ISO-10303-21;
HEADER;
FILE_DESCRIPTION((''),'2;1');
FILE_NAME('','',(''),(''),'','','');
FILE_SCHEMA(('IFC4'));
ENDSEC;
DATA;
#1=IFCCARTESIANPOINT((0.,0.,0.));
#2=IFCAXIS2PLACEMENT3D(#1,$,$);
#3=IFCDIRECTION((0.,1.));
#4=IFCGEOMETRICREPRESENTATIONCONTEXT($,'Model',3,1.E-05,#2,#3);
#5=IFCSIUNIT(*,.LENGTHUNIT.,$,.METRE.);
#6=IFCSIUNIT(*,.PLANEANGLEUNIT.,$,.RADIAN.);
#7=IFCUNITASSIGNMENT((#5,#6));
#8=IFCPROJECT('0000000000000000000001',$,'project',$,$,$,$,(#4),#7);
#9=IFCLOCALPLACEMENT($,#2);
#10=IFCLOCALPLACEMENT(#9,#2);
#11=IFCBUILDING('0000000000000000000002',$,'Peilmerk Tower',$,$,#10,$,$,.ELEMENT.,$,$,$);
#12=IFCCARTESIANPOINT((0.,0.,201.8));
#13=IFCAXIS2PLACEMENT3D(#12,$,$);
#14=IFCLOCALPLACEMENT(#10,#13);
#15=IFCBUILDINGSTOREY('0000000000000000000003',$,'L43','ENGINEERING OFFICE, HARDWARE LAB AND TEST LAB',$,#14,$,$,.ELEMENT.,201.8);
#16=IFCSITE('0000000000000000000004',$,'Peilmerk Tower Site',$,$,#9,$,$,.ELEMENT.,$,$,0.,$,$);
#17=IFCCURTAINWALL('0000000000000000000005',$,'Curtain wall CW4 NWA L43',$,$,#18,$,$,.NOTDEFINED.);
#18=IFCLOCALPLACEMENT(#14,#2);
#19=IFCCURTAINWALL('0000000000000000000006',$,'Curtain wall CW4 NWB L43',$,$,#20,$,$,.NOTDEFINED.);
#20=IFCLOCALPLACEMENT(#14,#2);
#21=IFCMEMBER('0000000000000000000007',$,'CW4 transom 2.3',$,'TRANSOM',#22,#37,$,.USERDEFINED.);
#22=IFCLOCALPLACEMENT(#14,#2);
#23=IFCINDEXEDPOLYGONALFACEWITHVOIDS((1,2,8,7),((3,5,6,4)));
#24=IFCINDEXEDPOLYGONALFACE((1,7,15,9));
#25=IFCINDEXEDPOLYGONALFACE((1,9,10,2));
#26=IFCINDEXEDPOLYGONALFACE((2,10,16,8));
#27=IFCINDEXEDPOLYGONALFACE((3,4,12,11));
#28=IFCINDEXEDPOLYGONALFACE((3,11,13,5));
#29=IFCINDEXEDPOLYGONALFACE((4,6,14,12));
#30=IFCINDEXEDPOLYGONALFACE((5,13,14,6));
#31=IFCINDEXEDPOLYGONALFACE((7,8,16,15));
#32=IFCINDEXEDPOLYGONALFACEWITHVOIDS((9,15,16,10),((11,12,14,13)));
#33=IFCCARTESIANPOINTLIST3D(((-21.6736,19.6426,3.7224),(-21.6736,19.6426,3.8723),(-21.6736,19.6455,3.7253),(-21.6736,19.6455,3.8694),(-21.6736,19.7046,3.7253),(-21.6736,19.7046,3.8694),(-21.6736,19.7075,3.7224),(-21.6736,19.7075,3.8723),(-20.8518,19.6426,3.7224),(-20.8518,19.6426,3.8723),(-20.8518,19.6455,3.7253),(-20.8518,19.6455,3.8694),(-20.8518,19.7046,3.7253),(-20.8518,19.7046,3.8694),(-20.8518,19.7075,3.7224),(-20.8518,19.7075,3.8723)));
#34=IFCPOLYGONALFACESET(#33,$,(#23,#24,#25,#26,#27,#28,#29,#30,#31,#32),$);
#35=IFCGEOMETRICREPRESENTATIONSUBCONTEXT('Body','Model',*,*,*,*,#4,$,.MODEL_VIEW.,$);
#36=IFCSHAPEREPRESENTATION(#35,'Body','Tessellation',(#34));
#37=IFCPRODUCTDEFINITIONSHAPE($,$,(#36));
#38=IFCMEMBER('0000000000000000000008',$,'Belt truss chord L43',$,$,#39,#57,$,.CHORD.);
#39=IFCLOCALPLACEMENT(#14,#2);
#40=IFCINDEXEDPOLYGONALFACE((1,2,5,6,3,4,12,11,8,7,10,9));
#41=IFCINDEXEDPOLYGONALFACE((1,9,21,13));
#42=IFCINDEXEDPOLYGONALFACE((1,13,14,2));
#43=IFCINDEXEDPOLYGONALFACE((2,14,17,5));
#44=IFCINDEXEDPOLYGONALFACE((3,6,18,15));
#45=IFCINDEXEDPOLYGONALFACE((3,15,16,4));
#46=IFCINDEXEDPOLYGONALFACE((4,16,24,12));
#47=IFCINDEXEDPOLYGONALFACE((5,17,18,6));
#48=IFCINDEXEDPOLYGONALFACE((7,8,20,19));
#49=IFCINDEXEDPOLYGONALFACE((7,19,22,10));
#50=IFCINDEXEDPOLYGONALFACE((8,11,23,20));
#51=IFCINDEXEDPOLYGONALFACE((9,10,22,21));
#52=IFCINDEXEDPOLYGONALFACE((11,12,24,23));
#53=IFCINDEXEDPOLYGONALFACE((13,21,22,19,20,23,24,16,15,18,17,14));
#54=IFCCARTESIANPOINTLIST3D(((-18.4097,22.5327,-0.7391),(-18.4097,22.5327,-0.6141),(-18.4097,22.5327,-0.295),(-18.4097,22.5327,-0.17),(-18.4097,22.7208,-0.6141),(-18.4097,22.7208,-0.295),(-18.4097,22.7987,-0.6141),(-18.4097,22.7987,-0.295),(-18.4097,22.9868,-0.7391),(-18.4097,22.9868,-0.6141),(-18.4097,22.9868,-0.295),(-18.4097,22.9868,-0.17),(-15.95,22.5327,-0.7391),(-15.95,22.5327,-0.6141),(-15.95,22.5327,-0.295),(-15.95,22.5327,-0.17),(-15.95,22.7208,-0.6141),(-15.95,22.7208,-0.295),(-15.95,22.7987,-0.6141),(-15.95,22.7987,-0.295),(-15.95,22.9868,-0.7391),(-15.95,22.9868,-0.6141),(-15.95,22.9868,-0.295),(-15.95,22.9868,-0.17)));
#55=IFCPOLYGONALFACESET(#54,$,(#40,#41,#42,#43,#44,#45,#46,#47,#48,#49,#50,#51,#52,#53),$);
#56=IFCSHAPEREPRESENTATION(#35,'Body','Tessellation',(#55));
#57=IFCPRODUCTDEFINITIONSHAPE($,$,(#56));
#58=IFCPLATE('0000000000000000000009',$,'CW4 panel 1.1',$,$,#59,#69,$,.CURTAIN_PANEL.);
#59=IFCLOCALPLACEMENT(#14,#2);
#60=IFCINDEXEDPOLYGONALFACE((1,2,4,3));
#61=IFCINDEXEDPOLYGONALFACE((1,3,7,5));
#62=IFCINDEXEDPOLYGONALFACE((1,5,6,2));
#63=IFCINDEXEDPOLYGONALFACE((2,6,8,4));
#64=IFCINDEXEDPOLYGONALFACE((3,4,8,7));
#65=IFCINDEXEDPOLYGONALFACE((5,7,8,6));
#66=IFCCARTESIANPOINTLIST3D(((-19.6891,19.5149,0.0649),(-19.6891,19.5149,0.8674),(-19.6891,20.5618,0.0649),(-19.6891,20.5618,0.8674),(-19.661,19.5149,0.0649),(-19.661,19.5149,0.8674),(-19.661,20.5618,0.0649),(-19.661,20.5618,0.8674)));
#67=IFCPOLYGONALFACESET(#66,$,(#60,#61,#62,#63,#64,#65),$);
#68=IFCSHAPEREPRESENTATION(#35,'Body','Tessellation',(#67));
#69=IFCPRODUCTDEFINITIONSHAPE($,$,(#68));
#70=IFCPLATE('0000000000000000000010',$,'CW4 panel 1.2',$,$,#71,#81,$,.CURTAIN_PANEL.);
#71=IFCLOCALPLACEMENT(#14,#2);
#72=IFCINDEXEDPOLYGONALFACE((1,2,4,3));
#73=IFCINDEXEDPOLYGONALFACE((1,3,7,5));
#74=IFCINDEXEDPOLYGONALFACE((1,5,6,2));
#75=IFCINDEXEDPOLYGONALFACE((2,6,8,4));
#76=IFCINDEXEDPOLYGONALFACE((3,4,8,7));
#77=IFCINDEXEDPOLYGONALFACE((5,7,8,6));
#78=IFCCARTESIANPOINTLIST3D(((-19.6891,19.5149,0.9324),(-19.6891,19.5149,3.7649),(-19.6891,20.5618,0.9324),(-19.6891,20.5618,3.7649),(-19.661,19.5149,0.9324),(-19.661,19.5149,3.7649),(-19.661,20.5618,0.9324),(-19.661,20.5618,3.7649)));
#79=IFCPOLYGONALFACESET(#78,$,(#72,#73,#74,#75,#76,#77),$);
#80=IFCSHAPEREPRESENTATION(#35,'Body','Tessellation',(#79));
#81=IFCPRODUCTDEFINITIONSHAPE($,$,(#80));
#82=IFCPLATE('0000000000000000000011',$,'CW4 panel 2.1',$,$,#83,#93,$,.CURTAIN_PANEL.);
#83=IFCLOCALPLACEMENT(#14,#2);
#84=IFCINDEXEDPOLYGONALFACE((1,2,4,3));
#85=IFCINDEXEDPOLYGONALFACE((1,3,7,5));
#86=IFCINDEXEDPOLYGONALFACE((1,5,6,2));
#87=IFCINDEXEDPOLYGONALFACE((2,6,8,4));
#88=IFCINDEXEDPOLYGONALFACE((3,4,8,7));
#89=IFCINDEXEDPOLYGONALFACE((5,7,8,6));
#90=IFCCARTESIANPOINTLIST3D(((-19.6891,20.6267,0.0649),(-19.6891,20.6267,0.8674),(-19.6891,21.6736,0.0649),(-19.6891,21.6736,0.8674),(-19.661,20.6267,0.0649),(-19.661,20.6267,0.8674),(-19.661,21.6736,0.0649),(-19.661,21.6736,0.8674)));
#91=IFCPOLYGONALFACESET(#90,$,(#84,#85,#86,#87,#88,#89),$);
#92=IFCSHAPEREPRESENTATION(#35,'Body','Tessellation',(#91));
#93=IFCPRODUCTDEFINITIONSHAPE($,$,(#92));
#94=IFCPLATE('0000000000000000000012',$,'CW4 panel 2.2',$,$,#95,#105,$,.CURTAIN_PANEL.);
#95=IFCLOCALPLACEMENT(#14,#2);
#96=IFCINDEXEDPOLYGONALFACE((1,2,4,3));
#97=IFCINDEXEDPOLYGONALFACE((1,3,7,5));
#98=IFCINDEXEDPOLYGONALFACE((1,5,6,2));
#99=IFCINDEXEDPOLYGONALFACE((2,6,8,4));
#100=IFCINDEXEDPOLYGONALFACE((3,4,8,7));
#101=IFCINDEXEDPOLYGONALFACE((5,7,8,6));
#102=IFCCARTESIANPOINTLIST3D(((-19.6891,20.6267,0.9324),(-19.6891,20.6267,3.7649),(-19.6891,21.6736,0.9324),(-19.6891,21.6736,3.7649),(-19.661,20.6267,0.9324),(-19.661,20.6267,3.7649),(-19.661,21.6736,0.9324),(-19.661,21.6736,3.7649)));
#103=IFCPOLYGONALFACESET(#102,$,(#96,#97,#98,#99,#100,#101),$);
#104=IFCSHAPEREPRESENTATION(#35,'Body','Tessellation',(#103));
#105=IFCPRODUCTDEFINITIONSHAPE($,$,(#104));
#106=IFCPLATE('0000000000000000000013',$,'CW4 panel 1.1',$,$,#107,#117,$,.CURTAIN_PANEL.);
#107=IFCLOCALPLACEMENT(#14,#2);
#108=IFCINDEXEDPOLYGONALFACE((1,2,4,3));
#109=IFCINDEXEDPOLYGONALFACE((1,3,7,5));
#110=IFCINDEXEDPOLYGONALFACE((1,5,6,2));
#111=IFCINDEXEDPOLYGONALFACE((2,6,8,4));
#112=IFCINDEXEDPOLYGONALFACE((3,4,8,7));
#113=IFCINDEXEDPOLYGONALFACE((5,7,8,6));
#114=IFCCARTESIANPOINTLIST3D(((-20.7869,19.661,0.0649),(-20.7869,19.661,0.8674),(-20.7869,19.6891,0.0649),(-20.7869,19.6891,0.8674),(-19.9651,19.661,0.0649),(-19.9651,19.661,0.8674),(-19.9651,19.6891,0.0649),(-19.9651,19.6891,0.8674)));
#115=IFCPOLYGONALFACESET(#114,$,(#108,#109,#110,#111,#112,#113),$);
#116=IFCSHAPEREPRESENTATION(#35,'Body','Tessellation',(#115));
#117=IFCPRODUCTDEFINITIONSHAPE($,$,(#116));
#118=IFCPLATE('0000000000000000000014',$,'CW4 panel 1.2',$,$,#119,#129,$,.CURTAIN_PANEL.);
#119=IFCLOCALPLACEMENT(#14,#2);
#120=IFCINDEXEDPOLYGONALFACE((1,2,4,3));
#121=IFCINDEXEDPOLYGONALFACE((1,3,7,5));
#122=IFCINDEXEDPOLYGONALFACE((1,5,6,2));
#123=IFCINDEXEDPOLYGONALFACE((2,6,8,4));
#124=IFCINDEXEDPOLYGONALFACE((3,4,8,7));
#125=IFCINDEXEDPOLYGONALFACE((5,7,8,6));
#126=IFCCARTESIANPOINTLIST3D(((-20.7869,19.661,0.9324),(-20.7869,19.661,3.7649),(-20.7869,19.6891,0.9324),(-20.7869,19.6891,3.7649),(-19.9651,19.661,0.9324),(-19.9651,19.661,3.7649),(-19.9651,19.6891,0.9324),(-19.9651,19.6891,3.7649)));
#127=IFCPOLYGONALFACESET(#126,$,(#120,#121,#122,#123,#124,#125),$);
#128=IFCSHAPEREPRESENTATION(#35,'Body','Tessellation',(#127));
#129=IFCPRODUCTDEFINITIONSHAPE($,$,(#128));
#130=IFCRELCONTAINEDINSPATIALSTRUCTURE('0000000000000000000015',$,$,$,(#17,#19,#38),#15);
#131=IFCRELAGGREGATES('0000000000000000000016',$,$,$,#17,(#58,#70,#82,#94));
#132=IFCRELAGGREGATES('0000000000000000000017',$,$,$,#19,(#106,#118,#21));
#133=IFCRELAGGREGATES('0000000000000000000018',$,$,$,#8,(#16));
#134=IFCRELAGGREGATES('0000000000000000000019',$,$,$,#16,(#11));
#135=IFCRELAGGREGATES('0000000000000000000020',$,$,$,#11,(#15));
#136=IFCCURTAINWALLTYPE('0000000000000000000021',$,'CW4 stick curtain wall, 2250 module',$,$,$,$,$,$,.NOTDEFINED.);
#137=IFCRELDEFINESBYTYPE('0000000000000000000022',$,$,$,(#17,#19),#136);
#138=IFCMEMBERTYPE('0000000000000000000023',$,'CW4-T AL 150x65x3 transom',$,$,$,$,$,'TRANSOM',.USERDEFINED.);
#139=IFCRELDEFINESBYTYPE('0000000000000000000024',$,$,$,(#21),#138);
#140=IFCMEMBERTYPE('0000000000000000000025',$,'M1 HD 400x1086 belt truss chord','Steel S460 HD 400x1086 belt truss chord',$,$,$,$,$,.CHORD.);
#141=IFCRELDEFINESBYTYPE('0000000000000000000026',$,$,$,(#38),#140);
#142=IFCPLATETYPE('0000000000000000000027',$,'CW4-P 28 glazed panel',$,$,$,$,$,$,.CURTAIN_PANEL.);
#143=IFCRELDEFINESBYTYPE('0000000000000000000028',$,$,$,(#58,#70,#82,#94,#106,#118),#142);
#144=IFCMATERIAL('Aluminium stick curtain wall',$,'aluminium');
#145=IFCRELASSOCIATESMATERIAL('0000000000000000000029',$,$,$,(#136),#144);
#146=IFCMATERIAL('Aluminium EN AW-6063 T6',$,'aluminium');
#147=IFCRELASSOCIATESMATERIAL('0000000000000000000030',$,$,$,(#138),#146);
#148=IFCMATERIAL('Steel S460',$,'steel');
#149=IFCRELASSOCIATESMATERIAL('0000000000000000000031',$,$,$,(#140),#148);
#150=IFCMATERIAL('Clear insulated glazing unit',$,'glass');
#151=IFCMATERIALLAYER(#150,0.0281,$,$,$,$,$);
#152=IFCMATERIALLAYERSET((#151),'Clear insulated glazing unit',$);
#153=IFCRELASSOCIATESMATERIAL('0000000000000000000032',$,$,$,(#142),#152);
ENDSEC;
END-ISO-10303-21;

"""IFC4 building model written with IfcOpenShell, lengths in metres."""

from ifc_helpers import new_model, si_unit, direction, frame, origin, origin_2d, place, context, subcontext, project, spatial, rectangle, hollow_rectangle, i_section, extrude, material, layer, layer_set, material_profile, profile_set, type_object, element, aggregate, save


model = new_model("IFC4")

# Units and contexts
model_context = context("Model", 3, precision=1e-05, world=origin(), true_north=direction((0.0, 1.0)))
body_context = subcontext(model_context, "Body", "Model", "MODEL_VIEW")
ifc_project = project(units=[si_unit("LENGTHUNIT", "METRE"), si_unit("PLANEANGLEUNIT", "RADIAN")], contexts=[model_context])

# Site, building, storey
site_placement = place(None, origin())
site = spatial("IfcSite", under=ifc_project, at=site_placement, Name="Peilmerk Tower Site", CompositionType="ELEMENT", RefElevation=0.0)
building_placement = place(site_placement, origin())
building = spatial("IfcBuilding", under=site, at=building_placement, Name="Peilmerk Tower", CompositionType="ELEMENT")
storey_placement = place(building_placement, frame((0.0, 0.0, 201.8)))
storey = spatial("IfcBuildingStorey", under=building, at=storey_placement, Name="L43", Description="ENGINEERING OFFICE, HARDWARE LAB AND TEST LAB", CompositionType="ELEMENT", Elevation=201.8)

# Curtain walls
ifc_material_1 = material(Name="Aluminium stick curtain wall", Category="aluminium")
curtain_wall_type = type_object("IfcCurtainWallType", Name="CW4 stick curtain wall, 2250 module", PredefinedType="NOTDEFINED", material=ifc_material_1)
curtain_wall_1_placement = place(storey_placement, origin())
curtain_wall_1 = element("IfcCurtainWall", 1, at=curtain_wall_1_placement, inside=storey, type_object=curtain_wall_type, Name="Curtain wall CW4 NWA L43", PredefinedType="NOTDEFINED")
ifc_material_2 = material(Name="Aluminium EN AW-6063 T6", Category="aluminium")
curtain_wall_2_placement = place(storey_placement, origin())
curtain_wall_2 = element("IfcCurtainWall", 2, at=curtain_wall_2_placement, inside=storey, type_object=curtain_wall_type, Name="Curtain wall CW4 NWB L43", PredefinedType="NOTDEFINED")

# Members
ifc_material_profile_1 = material_profile(ifc_material_2, hollow_rectangle(XDim=0.0649, YDim=0.1499, WallThickness=0.0029, at=origin_2d()), Name="AL 150x65x3")
ifc_profile_set_1 = profile_set([ifc_material_profile_1], Name="Aluminium EN AW-6063 T6")
member_type_1 = type_object("IfcMemberType", Name="CW4-T AL 150x65x3 transom", ElementType="TRANSOM", PredefinedType="USERDEFINED", material=ifc_profile_set_1)
member_1_placement = place(storey_placement, frame((-20.8518, 19.675, 3.7974), z_axis=(-1.0, 0.0, 0.0), x_axis=(0.0, -1.0, 0.0)))
member_1 = element("IfcMember", 3, at=member_1_placement, type_object=member_type_1, Name="CW4 transom 2.3", ObjectType="TRANSOM", PredefinedType="USERDEFINED", context=body_context, shape_type="SweptSolid", body=[
    extrude(hollow_rectangle(XDim=0.0649, YDim=0.1499, WallThickness=0.0029, at=origin_2d()), origin(), (0.0, 0.0, 1.0), 0.8218),
])
ifc_material_3 = material(Name="Steel S460", Category="steel")
ifc_material_profile_2 = material_profile(ifc_material_3, i_section(OverallWidth=0.4541, OverallDepth=0.5691, WebThickness=0.0779, FlangeThickness=0.125, at=origin_2d()), Name="HD 400x1086")
ifc_profile_set_2 = profile_set([ifc_material_profile_2], Name="Steel S460")
member_type_2 = type_object("IfcMemberType", Name="M1 HD 400x1086 belt truss chord", Description="Steel S460 HD 400x1086 belt truss chord", PredefinedType="CHORD", material=ifc_profile_set_2)
member_2_placement = place(storey_placement, frame((-15.95, 22.7598, -0.4546), z_axis=(-1.0, 0.0, 0.0), x_axis=(0.0, -1.0, 0.0)))
element("IfcMember", 4, at=member_2_placement, inside=storey, type_object=member_type_2, Name="Belt truss chord L43", PredefinedType="CHORD", context=body_context, shape_type="SweptSolid", body=[
    extrude(i_section(OverallWidth=0.4541, OverallDepth=0.5691, WebThickness=0.0779, FlangeThickness=0.125, at=origin_2d()), origin(), (0.0, 0.0, 1.0), 2.4597),
])

# Plates
ifc_material_4 = material(Name="Clear insulated glazing unit", Category="glass")
ifc_layer_1 = layer(ifc_material_4, 0.0281)
ifc_layer_set_1 = layer_set([ifc_layer_1], Name="Clear insulated glazing unit")
plate_type = type_object("IfcPlateType", Name="CW4-P 28 glazed panel", PredefinedType="CURTAIN_PANEL", material=ifc_layer_set_1)
plate_1_placement = place(storey_placement, frame((-19.675, 20.0383, 0.0649), z_axis=(0.0, 0.0, 1.0), x_axis=(0.0, 1.0, 0.0)))
plate_1 = element("IfcPlate", 5, at=plate_1_placement, type_object=plate_type, Name="CW4 panel 1.1", PredefinedType="CURTAIN_PANEL", context=body_context, shape_type="SweptSolid", body=[
    extrude(rectangle(XDim=1.0469, YDim=0.0281, at=origin_2d()), origin(), (0.0, 0.0, 1.0), 0.8025),
])
plate_2_placement = place(storey_placement, frame((-19.675, 20.0383, 0.9324), z_axis=(0.0, 0.0, 1.0), x_axis=(0.0, 1.0, 0.0)))
plate_2 = element("IfcPlate", 6, at=plate_2_placement, type_object=plate_type, Name="CW4 panel 1.2", PredefinedType="CURTAIN_PANEL", context=body_context, shape_type="SweptSolid", body=[
    extrude(rectangle(XDim=1.0469, YDim=0.0281, at=origin_2d()), origin(), (0.0, 0.0, 1.0), 2.8325),
])
plate_3_placement = place(storey_placement, frame((-19.675, 21.1501, 0.0649), z_axis=(0.0, 0.0, 1.0), x_axis=(0.0, 1.0, 0.0)))
plate_3 = element("IfcPlate", 7, at=plate_3_placement, type_object=plate_type, Name="CW4 panel 2.1", PredefinedType="CURTAIN_PANEL", context=body_context, shape_type="SweptSolid", body=[
    extrude(rectangle(XDim=1.0469, YDim=0.0281, at=origin_2d()), origin(), (0.0, 0.0, 1.0), 0.8025),
])
plate_4_placement = place(storey_placement, frame((-19.675, 21.1501, 0.9324), z_axis=(0.0, 0.0, 1.0), x_axis=(0.0, 1.0, 0.0)))
plate_4 = element("IfcPlate", 8, at=plate_4_placement, type_object=plate_type, Name="CW4 panel 2.2", PredefinedType="CURTAIN_PANEL", context=body_context, shape_type="SweptSolid", body=[
    extrude(rectangle(XDim=1.0469, YDim=0.0281, at=origin_2d()), origin(), (0.0, 0.0, 1.0), 2.8325),
])
aggregate(curtain_wall_1, [plate_1, plate_2, plate_3, plate_4])
plate_5_placement = place(storey_placement, frame((-20.376, 19.675, 0.0649), z_axis=(0.0, 0.0, 1.0), x_axis=(-1.0, 0.0, 0.0)))
plate_5 = element("IfcPlate", 9, at=plate_5_placement, type_object=plate_type, Name="CW4 panel 1.1", PredefinedType="CURTAIN_PANEL", context=body_context, shape_type="SweptSolid", body=[
    extrude(rectangle(XDim=0.8218, YDim=0.0281, at=origin_2d()), origin(), (0.0, 0.0, 1.0), 0.8025),
])
plate_6_placement = place(storey_placement, frame((-20.376, 19.675, 0.9324), z_axis=(0.0, 0.0, 1.0), x_axis=(-1.0, 0.0, 0.0)))
plate_6 = element("IfcPlate", 10, at=plate_6_placement, type_object=plate_type, Name="CW4 panel 1.2", PredefinedType="CURTAIN_PANEL", context=body_context, shape_type="SweptSolid", body=[
    extrude(rectangle(XDim=0.8218, YDim=0.0281, at=origin_2d()), origin(), (0.0, 0.0, 1.0), 2.8325),
])
aggregate(curtain_wall_2, [plate_5, plate_6, member_1])

save(model, "model.ifc")
